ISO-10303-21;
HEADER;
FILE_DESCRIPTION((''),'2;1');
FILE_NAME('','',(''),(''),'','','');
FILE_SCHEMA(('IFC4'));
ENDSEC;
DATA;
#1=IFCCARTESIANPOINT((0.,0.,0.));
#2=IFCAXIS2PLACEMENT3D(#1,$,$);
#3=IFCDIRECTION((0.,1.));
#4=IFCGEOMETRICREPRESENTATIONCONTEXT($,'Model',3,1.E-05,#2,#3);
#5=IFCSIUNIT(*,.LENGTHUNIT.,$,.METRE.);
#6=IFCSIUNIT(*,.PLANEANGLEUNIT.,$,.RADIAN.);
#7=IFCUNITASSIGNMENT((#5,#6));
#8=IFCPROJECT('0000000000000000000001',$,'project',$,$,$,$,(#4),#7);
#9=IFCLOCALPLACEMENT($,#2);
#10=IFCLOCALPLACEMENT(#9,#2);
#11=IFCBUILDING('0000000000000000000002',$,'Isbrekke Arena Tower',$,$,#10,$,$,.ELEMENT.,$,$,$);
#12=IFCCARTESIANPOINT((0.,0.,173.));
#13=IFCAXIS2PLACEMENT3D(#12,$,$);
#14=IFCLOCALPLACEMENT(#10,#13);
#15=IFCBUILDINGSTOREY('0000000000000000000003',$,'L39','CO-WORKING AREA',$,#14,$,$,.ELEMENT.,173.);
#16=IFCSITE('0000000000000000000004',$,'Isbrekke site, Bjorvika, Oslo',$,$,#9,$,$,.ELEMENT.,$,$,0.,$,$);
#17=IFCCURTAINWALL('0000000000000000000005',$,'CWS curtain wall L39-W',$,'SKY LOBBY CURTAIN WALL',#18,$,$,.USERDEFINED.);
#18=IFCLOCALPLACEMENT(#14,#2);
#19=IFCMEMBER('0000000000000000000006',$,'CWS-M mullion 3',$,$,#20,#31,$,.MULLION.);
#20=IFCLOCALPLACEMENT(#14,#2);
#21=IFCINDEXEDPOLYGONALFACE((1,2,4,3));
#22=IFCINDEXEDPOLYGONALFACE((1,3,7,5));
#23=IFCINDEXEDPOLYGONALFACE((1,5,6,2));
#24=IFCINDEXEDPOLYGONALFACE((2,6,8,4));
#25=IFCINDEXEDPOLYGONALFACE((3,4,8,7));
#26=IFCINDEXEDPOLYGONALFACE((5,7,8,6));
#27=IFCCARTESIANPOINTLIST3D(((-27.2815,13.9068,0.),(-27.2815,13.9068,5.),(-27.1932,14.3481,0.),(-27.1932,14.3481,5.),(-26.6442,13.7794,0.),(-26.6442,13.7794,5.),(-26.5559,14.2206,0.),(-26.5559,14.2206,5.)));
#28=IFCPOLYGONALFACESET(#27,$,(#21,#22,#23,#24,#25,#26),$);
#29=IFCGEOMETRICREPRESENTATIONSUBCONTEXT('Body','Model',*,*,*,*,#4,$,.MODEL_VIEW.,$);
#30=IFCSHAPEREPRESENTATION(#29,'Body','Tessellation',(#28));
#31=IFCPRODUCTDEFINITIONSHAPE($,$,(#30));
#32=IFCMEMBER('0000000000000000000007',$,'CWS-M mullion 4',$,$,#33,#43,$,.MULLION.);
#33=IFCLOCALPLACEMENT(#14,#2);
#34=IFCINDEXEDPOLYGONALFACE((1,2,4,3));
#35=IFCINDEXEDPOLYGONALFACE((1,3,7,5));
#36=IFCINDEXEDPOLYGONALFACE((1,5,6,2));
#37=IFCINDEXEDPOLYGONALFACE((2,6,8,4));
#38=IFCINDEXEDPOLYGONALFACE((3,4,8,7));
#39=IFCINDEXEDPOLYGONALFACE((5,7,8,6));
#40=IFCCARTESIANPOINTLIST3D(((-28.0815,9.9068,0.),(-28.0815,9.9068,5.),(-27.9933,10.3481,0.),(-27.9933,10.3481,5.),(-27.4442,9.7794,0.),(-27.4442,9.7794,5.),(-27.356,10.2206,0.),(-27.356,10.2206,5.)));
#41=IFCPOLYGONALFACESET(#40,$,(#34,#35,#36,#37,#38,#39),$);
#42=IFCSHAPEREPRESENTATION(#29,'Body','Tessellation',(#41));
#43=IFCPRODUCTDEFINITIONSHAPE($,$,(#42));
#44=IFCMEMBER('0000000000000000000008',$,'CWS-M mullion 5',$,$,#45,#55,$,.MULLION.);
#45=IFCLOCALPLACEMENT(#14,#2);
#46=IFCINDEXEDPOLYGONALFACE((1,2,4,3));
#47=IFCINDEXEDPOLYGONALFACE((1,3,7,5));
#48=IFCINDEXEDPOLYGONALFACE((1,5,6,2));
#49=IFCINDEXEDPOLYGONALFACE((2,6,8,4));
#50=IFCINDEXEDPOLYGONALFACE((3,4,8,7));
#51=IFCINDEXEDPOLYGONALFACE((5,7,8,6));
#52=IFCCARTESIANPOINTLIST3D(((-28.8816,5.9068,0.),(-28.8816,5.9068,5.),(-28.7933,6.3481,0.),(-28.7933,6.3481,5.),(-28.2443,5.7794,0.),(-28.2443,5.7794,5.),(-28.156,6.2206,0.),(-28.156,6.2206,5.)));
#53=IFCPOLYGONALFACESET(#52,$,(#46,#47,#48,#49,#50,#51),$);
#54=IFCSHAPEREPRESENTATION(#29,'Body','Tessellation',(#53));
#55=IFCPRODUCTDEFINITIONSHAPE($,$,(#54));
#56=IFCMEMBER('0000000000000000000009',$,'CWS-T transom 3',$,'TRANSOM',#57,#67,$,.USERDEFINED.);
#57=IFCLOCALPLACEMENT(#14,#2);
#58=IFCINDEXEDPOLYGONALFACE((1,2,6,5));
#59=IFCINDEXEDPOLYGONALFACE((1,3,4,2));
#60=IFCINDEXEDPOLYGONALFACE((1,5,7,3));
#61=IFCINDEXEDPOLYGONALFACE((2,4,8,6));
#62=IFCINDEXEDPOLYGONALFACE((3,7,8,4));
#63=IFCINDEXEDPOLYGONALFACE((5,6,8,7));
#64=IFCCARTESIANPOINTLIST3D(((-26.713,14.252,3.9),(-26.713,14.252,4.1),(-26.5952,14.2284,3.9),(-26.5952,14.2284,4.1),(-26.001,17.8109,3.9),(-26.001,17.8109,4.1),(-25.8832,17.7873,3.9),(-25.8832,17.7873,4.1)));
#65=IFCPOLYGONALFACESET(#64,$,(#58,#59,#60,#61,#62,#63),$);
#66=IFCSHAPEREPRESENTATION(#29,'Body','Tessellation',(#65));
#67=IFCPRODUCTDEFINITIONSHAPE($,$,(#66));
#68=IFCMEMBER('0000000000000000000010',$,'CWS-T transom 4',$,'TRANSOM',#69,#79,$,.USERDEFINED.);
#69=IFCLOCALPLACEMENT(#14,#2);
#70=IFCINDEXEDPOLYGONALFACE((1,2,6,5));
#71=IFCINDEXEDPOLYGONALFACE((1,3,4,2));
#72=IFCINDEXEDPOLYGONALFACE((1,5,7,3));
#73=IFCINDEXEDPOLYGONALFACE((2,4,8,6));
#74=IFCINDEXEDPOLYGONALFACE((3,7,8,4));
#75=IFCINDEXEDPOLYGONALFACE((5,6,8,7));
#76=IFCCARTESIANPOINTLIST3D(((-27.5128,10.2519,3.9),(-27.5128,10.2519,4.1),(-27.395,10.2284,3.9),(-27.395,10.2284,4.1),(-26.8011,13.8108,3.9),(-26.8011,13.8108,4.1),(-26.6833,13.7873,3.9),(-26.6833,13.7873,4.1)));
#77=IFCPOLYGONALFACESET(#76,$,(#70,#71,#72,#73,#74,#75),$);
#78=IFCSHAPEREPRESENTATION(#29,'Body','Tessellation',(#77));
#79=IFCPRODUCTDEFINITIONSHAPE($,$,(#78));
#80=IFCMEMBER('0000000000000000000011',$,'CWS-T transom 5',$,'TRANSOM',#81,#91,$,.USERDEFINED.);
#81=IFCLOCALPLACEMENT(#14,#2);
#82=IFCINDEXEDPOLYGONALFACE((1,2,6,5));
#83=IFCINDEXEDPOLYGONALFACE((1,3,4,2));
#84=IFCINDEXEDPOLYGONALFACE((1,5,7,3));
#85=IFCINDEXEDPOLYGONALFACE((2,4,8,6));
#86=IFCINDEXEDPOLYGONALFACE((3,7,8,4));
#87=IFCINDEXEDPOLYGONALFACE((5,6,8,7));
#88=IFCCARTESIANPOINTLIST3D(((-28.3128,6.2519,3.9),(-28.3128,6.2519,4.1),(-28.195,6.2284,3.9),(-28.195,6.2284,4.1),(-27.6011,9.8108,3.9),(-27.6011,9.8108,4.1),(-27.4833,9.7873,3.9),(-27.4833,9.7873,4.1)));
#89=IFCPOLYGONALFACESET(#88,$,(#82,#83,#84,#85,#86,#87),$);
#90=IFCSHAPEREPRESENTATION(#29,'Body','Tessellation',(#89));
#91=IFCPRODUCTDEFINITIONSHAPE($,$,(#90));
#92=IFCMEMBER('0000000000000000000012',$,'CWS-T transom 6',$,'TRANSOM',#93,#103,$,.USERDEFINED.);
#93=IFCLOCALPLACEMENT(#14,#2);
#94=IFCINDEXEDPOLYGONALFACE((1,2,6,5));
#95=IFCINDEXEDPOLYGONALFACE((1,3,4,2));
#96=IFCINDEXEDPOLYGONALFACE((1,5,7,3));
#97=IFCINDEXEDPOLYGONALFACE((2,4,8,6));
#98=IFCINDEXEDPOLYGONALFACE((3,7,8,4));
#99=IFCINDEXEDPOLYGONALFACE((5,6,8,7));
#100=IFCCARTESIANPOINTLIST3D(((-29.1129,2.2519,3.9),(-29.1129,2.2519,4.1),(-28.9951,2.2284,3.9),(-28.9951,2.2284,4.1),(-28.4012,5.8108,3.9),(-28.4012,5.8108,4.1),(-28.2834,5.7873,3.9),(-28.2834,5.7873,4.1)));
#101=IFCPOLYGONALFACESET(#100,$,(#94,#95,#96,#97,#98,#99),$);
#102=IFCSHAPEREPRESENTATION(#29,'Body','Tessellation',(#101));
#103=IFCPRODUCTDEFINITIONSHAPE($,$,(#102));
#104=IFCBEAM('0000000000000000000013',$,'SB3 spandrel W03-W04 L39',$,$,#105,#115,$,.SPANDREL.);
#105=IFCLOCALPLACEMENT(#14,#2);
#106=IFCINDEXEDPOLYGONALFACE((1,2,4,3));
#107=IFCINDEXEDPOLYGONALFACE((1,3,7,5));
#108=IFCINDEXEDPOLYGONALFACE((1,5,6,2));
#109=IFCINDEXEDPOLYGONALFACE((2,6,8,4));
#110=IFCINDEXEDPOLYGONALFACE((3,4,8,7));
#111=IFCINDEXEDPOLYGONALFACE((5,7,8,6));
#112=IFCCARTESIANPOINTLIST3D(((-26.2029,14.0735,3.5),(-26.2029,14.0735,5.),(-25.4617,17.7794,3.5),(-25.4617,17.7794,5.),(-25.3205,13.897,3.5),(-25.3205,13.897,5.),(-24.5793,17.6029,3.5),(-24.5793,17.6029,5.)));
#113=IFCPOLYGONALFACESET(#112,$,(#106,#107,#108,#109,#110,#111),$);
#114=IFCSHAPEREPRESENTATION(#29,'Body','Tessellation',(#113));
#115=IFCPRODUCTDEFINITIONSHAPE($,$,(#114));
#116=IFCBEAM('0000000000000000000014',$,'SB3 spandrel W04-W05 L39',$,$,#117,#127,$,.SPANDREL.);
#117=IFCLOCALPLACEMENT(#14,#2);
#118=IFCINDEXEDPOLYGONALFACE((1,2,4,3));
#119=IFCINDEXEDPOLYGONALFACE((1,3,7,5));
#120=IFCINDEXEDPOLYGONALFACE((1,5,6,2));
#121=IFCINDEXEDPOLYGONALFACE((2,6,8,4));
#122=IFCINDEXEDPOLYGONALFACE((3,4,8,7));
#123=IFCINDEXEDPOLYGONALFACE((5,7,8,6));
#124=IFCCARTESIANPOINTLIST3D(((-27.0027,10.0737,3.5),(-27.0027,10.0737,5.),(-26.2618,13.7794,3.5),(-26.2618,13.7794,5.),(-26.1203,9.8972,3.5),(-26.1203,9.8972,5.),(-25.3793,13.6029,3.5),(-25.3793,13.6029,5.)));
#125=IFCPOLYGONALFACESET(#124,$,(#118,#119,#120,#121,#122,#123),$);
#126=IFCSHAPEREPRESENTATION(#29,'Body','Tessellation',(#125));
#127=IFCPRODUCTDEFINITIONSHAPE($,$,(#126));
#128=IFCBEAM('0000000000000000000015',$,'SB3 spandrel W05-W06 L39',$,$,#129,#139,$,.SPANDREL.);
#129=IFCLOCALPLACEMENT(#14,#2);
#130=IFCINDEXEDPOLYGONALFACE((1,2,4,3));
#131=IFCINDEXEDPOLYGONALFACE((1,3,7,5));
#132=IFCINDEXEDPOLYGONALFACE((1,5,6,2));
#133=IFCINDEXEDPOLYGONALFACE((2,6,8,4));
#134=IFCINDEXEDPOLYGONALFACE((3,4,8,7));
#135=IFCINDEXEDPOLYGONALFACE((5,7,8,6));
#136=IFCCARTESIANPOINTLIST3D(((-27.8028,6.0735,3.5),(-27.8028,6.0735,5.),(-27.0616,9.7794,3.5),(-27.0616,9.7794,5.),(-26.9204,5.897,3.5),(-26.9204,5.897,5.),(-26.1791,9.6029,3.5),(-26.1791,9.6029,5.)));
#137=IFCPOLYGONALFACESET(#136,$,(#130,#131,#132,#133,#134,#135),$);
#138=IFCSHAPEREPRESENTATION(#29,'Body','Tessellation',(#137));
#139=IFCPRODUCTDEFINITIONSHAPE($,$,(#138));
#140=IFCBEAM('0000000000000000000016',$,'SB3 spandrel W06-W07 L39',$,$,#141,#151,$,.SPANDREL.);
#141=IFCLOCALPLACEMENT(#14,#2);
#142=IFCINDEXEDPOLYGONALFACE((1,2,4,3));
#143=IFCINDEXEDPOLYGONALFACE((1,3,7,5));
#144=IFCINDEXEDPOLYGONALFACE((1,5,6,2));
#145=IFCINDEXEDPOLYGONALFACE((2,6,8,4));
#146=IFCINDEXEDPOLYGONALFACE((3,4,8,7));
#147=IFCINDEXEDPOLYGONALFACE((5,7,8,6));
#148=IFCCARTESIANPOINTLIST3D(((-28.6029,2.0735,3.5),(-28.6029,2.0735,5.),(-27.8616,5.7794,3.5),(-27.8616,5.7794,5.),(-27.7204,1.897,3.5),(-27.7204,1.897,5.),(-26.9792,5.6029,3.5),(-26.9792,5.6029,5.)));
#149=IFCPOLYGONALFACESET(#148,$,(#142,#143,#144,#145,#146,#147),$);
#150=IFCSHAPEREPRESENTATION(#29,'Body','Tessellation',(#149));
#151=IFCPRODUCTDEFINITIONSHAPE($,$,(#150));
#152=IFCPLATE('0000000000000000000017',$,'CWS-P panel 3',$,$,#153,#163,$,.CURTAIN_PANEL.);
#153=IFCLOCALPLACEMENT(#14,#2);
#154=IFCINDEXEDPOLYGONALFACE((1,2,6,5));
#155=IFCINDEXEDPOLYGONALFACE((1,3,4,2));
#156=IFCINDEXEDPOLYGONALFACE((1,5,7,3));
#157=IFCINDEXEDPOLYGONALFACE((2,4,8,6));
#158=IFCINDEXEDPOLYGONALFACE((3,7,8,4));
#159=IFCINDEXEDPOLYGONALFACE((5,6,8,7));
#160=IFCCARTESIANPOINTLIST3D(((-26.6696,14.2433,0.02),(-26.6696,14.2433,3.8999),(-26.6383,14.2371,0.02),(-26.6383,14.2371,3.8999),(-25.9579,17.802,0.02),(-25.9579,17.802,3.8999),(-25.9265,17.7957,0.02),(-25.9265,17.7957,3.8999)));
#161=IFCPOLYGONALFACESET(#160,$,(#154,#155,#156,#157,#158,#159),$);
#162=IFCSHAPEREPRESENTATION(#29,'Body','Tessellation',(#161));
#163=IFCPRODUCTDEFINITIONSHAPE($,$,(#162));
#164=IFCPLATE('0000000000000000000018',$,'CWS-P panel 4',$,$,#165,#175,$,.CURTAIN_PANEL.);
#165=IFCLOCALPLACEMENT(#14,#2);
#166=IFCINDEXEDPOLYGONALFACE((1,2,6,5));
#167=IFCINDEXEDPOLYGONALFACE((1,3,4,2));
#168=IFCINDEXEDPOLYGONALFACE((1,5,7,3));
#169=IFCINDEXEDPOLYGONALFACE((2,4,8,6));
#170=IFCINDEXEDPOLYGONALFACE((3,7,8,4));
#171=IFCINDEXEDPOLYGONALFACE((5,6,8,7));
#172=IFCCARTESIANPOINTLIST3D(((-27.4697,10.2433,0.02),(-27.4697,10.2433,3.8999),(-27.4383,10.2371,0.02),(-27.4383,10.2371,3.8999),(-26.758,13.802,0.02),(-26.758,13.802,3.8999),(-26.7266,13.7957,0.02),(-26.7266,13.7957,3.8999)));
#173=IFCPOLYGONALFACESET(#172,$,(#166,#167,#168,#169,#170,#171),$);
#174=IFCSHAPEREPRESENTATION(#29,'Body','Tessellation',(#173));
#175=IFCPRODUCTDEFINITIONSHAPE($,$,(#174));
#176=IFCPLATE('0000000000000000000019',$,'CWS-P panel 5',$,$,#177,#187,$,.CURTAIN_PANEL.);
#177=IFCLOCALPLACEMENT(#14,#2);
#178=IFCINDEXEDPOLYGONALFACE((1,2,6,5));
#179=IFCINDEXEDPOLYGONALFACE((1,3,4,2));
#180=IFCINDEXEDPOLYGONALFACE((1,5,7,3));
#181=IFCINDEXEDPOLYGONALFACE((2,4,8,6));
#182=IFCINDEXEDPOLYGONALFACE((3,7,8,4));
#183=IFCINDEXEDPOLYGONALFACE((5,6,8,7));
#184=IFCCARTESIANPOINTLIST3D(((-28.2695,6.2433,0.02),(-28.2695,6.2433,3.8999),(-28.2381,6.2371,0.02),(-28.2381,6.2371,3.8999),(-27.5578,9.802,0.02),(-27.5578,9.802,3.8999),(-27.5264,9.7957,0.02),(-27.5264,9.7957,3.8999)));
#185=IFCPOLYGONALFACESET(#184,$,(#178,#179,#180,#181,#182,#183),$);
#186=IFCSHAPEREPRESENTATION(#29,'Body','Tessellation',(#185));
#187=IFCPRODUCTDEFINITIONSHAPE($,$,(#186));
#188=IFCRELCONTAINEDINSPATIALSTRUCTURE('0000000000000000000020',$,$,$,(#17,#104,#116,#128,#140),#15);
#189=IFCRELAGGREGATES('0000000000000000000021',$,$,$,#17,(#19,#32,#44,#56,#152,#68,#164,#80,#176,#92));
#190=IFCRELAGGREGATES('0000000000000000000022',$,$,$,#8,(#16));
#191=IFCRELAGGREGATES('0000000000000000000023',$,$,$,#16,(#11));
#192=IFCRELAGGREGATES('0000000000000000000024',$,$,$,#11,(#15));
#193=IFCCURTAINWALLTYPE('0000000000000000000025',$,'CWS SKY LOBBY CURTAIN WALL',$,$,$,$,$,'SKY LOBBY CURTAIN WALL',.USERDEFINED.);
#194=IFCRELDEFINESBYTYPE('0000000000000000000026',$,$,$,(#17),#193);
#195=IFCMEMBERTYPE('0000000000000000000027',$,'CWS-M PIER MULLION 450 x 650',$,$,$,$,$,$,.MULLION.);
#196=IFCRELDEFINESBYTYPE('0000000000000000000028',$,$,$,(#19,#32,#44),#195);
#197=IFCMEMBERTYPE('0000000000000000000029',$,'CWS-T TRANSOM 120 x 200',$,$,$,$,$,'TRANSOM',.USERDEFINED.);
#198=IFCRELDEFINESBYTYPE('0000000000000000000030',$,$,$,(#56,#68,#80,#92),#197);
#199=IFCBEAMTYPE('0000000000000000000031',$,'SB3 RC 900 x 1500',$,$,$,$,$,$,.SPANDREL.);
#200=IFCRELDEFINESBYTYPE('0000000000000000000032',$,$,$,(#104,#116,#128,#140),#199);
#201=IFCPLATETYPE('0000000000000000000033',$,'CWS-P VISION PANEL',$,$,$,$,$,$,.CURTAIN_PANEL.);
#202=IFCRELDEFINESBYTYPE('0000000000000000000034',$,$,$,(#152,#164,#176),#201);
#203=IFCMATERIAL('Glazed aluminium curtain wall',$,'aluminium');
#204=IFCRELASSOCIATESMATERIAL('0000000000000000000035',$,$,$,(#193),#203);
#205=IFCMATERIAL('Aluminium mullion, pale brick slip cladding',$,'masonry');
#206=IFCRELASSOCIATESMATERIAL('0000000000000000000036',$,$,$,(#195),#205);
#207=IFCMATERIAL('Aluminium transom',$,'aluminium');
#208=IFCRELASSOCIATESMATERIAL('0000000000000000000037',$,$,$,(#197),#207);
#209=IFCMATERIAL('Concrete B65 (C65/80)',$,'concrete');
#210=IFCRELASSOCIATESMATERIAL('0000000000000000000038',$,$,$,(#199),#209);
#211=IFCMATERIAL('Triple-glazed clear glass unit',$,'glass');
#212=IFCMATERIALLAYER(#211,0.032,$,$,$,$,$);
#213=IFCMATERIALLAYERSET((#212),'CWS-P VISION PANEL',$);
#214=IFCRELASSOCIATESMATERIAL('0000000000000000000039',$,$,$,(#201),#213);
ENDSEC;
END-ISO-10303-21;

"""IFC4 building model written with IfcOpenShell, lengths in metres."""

from ifc_helpers import new_model, si_unit, direction, frame, origin, origin_2d, place, context, subcontext, project, spatial, rectangle, extrude, material, layer, layer_set, material_profile, profile_set, type_object, element, aggregate, save


model = new_model("IFC4")

# Units and contexts
model_context = context("Model", 3, precision=1e-05, world=origin(), true_north=direction((0.0, 1.0)))
body_context = subcontext(model_context, "Body", "Model", "MODEL_VIEW")
ifc_project = project(units=[si_unit("LENGTHUNIT", "METRE"), si_unit("PLANEANGLEUNIT", "RADIAN")], contexts=[model_context])

# Site, building, storey
site_placement = place(None, origin())
site = spatial("IfcSite", under=ifc_project, at=site_placement, Name="Isbrekke site, Bjorvika, Oslo", CompositionType="ELEMENT", RefElevation=0.0)
building_placement = place(site_placement, origin())
building = spatial("IfcBuilding", under=site, at=building_placement, Name="Isbrekke Arena Tower", CompositionType="ELEMENT")
storey_placement = place(building_placement, frame((0.0, 0.0, 173.0)))
storey = spatial("IfcBuildingStorey", under=building, at=storey_placement, Name="L39", Description="CO-WORKING AREA", CompositionType="ELEMENT", Elevation=173.0)

# Curtain wall, members
ifc_material_1 = material(Name="Glazed aluminium curtain wall", Category="aluminium")
curtain_wall_type = type_object("IfcCurtainWallType", Name="CWS SKY LOBBY CURTAIN WALL", ElementType="SKY LOBBY CURTAIN WALL", PredefinedType="USERDEFINED", material=ifc_material_1)
curtain_wall_placement = place(storey_placement, origin())
curtain_wall = element("IfcCurtainWall", 1, at=curtain_wall_placement, inside=storey, type_object=curtain_wall_type, Name="CWS curtain wall L39-W", ObjectType="SKY LOBBY CURTAIN WALL", PredefinedType="USERDEFINED")
ifc_material_2 = material(Name="Aluminium mullion, pale brick slip cladding", Category="masonry")
ifc_material_profile_1 = material_profile(ifc_material_2, rectangle(XDim=0.45, YDim=0.6499, at=origin_2d()), Name="PIER 450X650")
ifc_profile_set_1 = profile_set([ifc_material_profile_1], Name="Aluminium mullion, pale brick slip cladding")
member_type_1 = type_object("IfcMemberType", Name="CWS-M PIER MULLION 450 x 650", PredefinedType="MULLION", material=ifc_profile_set_1)
member_1_placement = place(storey_placement, frame((-26.9187, 14.0637, 0.0), z_axis=(0.0, 0.0, 1.0), x_axis=(-0.196116, -0.980581, 0.0)))
member_1 = element("IfcMember", 2, at=member_1_placement, type_object=member_type_1, Name="CWS-M mullion 3", PredefinedType="MULLION", context=body_context, shape_type="SweptSolid", body=[
    extrude(rectangle(XDim=0.45, YDim=0.6499, at=origin_2d()), origin(), (0.0, 0.0, 1.0), 5.0),
])
member_2_placement = place(storey_placement, frame((-27.7188, 10.0637, 0.0), z_axis=(0.0, 0.0, 1.0), x_axis=(-0.196116, -0.980581, 0.0)))
member_2 = element("IfcMember", 3, at=member_2_placement, type_object=member_type_1, Name="CWS-M mullion 4", PredefinedType="MULLION", context=body_context, shape_type="SweptSolid", body=[
    extrude(rectangle(XDim=0.45, YDim=0.6499, at=origin_2d()), origin(), (0.0, 0.0, 1.0), 5.0),
])
member_3_placement = place(storey_placement, frame((-28.5188, 6.0637, 0.0), z_axis=(0.0, 0.0, 1.0), x_axis=(-0.196116, -0.980581, 0.0)))
member_3 = element("IfcMember", 4, at=member_3_placement, type_object=member_type_1, Name="CWS-M mullion 5", PredefinedType="MULLION", context=body_context, shape_type="SweptSolid", body=[
    extrude(rectangle(XDim=0.45, YDim=0.6499, at=origin_2d()), origin(), (0.0, 0.0, 1.0), 5.0),
])
ifc_material_3 = material(Name="Aluminium transom", Category="aluminium")
ifc_material_profile_2 = material_profile(ifc_material_3, rectangle(XDim=0.1201, YDim=0.2, at=origin_2d()), Name="TRANSOM 120X200")
ifc_profile_set_2 = profile_set([ifc_material_profile_2], Name="Aluminium transom")
member_type_2 = type_object("IfcMemberType", Name="CWS-T TRANSOM 120 x 200", ElementType="TRANSOM", PredefinedType="USERDEFINED", material=ifc_profile_set_2)
member_4_placement = place(storey_placement, frame((-25.9421, 17.7991, 4.0), z_axis=(-0.196155, -0.980573, 0.0), x_axis=(0.980573, -0.196155, 0.0)))
member_4 = element("IfcMember", 5, at=member_4_placement, type_object=member_type_2, Name="CWS-T transom 3", ObjectType="TRANSOM", PredefinedType="USERDEFINED", context=body_context, shape_type="SweptSolid", body=[
    extrude(rectangle(XDim=0.1201, YDim=0.2, at=origin_2d()), origin(), (0.0, 0.0, 1.0), 3.6294),
])
member_5_placement = place(storey_placement, frame((-26.7422, 13.7991, 4.0), z_axis=(-0.19609, -0.980586, 0.0), x_axis=(0.980586, -0.19609, 0.0)))
member_5 = element("IfcMember", 6, at=member_5_placement, type_object=member_type_2, Name="CWS-T transom 4", ObjectType="TRANSOM", PredefinedType="USERDEFINED", context=body_context, shape_type="SweptSolid", body=[
    extrude(rectangle(XDim=0.1201, YDim=0.2, at=origin_2d()), origin(), (0.0, 0.0, 1.0), 3.6294),
])
member_6_placement = place(storey_placement, frame((-27.5422, 9.7991, 4.0), z_axis=(-0.19609, -0.980586, 0.0), x_axis=(0.980586, -0.19609, 0.0)))
member_6 = element("IfcMember", 7, at=member_6_placement, type_object=member_type_2, Name="CWS-T transom 5", ObjectType="TRANSOM", PredefinedType="USERDEFINED", context=body_context, shape_type="SweptSolid", body=[
    extrude(rectangle(XDim=0.1201, YDim=0.2, at=origin_2d()), origin(), (0.0, 0.0, 1.0), 3.6294),
])
member_7_placement = place(storey_placement, frame((-28.3423, 5.7991, 4.0), z_axis=(-0.19609, -0.980586, 0.0), x_axis=(0.980586, -0.19609, 0.0)))
member_7 = element("IfcMember", 8, at=member_7_placement, type_object=member_type_2, Name="CWS-T transom 6", ObjectType="TRANSOM", PredefinedType="USERDEFINED", context=body_context, shape_type="SweptSolid", body=[
    extrude(rectangle(XDim=0.1201, YDim=0.2, at=origin_2d()), origin(), (0.0, 0.0, 1.0), 3.6294),
])

# Beams
ifc_material_4 = material(Name="Concrete B65 (C65/80)", Category="concrete")
ifc_material_profile_3 = material_profile(ifc_material_4, rectangle(XDim=0.8999, YDim=1.5, at=origin_2d()), Name="RC 900x1500")
ifc_profile_set_3 = profile_set([ifc_material_profile_3], Name="Concrete B65 (C65/80)")
beam_type_1 = type_object("IfcBeamType", Name="SB3 RC 900 x 1500", PredefinedType="SPANDREL", material=ifc_profile_set_3)
beam_1_placement = place(storey_placement, frame((-25.0205, 17.6912, 4.25), z_axis=(-0.196129, -0.980578, 0.0), x_axis=(0.980578, -0.196129, 0.0)))
element("IfcBeam", 9, at=beam_1_placement, inside=storey, type_object=beam_type_1, Name="SB3 spandrel W03-W04 L39", PredefinedType="SPANDREL", context=body_context, shape_type="SweptSolid", body=[
    extrude(rectangle(XDim=0.8999, YDim=1.5, at=origin_2d()), origin(), (0.0, 0.0, 1.0), 3.7793),
])
beam_2_placement = place(storey_placement, frame((-25.8206, 13.6912, 4.25), z_axis=(-0.196066, -0.980591, 0.0), x_axis=(0.980591, -0.196066, 0.0)))
element("IfcBeam", 10, at=beam_2_placement, inside=storey, type_object=beam_type_1, Name="SB3 spandrel W04-W05 L39", PredefinedType="SPANDREL", context=body_context, shape_type="SweptSolid", body=[
    extrude(rectangle(XDim=0.8999, YDim=1.5, at=origin_2d()), origin(), (0.0, 0.0, 1.0), 3.7791),
])
for number, where, z_axis, x_axis, name in (
    (11, (-26.6204, 9.6912, 4.25), (-0.196129, -0.980578, 0.0), (0.980578, -0.196129, 0.0), "SB3 spandrel W05-W06 L39"),
    (12, (-27.4204, 5.6912, 4.25), (-0.196129, -0.980578, 0.0), (0.980578, -0.196129, 0.0), "SB3 spandrel W06-W07 L39"),
):
    element("IfcBeam", number, at=place(storey_placement, frame(where, z_axis=z_axis, x_axis=x_axis)), inside=storey, type_object=beam_type_1, Name=name, PredefinedType="SPANDREL", context=body_context, shape_type="SweptSolid", body=[
        extrude(rectangle(XDim=0.8999, YDim=1.5, at=origin_2d()), origin(), (0.0, 0.0, 1.0), 3.7793),
    ])

# Plates
ifc_material_5 = material(Name="Triple-glazed clear glass unit", Category="glass")
ifc_layer_1 = layer(ifc_material_5, 0.032)
ifc_layer_set_1 = layer_set([ifc_layer_1], Name="CWS-P VISION PANEL")
plate_type = type_object("IfcPlateType", Name="CWS-P VISION PANEL", PredefinedType="CURTAIN_PANEL", material=ifc_layer_set_1)
plate_1_placement = place(storey_placement, frame((-26.2981, 16.0195, 0.02), z_axis=(0.0, 0.0, 1.0), x_axis=(-0.196116, -0.980581, 0.0)))
plate_1 = element("IfcPlate", 13, at=plate_1_placement, type_object=plate_type, Name="CWS-P panel 3", PredefinedType="CURTAIN_PANEL", context=body_context, shape_type="SweptSolid", body=[
    extrude(rectangle(XDim=3.6292, YDim=0.032, at=origin_2d()), origin(), (0.0, 0.0, 1.0), 3.8799),
])
plate_2_placement = place(storey_placement, frame((-27.0981, 12.0195, 0.02), z_axis=(0.0, 0.0, 1.0), x_axis=(-0.196116, -0.980581, 0.0)))
plate_2 = element("IfcPlate", 14, at=plate_2_placement, type_object=plate_type, Name="CWS-P panel 4", PredefinedType="CURTAIN_PANEL", context=body_context, shape_type="SweptSolid", body=[
    extrude(rectangle(XDim=3.6292, YDim=0.032, at=origin_2d()), origin(), (0.0, 0.0, 1.0), 3.8799),
])
plate_3_placement = place(storey_placement, frame((-27.8979, 8.0195, 0.02), z_axis=(0.0, 0.0, 1.0), x_axis=(-0.196116, -0.980581, 0.0)))
plate_3 = element("IfcPlate", 15, at=plate_3_placement, type_object=plate_type, Name="CWS-P panel 5", PredefinedType="CURTAIN_PANEL", context=body_context, shape_type="SweptSolid", body=[
    extrude(rectangle(XDim=3.6292, YDim=0.032, at=origin_2d()), origin(), (0.0, 0.0, 1.0), 3.8799),
])
aggregate(curtain_wall, [member_1, member_2, member_3, member_4, plate_1, member_5, plate_2, member_6, plate_3, member_7])

save(model, "model.ifc")
